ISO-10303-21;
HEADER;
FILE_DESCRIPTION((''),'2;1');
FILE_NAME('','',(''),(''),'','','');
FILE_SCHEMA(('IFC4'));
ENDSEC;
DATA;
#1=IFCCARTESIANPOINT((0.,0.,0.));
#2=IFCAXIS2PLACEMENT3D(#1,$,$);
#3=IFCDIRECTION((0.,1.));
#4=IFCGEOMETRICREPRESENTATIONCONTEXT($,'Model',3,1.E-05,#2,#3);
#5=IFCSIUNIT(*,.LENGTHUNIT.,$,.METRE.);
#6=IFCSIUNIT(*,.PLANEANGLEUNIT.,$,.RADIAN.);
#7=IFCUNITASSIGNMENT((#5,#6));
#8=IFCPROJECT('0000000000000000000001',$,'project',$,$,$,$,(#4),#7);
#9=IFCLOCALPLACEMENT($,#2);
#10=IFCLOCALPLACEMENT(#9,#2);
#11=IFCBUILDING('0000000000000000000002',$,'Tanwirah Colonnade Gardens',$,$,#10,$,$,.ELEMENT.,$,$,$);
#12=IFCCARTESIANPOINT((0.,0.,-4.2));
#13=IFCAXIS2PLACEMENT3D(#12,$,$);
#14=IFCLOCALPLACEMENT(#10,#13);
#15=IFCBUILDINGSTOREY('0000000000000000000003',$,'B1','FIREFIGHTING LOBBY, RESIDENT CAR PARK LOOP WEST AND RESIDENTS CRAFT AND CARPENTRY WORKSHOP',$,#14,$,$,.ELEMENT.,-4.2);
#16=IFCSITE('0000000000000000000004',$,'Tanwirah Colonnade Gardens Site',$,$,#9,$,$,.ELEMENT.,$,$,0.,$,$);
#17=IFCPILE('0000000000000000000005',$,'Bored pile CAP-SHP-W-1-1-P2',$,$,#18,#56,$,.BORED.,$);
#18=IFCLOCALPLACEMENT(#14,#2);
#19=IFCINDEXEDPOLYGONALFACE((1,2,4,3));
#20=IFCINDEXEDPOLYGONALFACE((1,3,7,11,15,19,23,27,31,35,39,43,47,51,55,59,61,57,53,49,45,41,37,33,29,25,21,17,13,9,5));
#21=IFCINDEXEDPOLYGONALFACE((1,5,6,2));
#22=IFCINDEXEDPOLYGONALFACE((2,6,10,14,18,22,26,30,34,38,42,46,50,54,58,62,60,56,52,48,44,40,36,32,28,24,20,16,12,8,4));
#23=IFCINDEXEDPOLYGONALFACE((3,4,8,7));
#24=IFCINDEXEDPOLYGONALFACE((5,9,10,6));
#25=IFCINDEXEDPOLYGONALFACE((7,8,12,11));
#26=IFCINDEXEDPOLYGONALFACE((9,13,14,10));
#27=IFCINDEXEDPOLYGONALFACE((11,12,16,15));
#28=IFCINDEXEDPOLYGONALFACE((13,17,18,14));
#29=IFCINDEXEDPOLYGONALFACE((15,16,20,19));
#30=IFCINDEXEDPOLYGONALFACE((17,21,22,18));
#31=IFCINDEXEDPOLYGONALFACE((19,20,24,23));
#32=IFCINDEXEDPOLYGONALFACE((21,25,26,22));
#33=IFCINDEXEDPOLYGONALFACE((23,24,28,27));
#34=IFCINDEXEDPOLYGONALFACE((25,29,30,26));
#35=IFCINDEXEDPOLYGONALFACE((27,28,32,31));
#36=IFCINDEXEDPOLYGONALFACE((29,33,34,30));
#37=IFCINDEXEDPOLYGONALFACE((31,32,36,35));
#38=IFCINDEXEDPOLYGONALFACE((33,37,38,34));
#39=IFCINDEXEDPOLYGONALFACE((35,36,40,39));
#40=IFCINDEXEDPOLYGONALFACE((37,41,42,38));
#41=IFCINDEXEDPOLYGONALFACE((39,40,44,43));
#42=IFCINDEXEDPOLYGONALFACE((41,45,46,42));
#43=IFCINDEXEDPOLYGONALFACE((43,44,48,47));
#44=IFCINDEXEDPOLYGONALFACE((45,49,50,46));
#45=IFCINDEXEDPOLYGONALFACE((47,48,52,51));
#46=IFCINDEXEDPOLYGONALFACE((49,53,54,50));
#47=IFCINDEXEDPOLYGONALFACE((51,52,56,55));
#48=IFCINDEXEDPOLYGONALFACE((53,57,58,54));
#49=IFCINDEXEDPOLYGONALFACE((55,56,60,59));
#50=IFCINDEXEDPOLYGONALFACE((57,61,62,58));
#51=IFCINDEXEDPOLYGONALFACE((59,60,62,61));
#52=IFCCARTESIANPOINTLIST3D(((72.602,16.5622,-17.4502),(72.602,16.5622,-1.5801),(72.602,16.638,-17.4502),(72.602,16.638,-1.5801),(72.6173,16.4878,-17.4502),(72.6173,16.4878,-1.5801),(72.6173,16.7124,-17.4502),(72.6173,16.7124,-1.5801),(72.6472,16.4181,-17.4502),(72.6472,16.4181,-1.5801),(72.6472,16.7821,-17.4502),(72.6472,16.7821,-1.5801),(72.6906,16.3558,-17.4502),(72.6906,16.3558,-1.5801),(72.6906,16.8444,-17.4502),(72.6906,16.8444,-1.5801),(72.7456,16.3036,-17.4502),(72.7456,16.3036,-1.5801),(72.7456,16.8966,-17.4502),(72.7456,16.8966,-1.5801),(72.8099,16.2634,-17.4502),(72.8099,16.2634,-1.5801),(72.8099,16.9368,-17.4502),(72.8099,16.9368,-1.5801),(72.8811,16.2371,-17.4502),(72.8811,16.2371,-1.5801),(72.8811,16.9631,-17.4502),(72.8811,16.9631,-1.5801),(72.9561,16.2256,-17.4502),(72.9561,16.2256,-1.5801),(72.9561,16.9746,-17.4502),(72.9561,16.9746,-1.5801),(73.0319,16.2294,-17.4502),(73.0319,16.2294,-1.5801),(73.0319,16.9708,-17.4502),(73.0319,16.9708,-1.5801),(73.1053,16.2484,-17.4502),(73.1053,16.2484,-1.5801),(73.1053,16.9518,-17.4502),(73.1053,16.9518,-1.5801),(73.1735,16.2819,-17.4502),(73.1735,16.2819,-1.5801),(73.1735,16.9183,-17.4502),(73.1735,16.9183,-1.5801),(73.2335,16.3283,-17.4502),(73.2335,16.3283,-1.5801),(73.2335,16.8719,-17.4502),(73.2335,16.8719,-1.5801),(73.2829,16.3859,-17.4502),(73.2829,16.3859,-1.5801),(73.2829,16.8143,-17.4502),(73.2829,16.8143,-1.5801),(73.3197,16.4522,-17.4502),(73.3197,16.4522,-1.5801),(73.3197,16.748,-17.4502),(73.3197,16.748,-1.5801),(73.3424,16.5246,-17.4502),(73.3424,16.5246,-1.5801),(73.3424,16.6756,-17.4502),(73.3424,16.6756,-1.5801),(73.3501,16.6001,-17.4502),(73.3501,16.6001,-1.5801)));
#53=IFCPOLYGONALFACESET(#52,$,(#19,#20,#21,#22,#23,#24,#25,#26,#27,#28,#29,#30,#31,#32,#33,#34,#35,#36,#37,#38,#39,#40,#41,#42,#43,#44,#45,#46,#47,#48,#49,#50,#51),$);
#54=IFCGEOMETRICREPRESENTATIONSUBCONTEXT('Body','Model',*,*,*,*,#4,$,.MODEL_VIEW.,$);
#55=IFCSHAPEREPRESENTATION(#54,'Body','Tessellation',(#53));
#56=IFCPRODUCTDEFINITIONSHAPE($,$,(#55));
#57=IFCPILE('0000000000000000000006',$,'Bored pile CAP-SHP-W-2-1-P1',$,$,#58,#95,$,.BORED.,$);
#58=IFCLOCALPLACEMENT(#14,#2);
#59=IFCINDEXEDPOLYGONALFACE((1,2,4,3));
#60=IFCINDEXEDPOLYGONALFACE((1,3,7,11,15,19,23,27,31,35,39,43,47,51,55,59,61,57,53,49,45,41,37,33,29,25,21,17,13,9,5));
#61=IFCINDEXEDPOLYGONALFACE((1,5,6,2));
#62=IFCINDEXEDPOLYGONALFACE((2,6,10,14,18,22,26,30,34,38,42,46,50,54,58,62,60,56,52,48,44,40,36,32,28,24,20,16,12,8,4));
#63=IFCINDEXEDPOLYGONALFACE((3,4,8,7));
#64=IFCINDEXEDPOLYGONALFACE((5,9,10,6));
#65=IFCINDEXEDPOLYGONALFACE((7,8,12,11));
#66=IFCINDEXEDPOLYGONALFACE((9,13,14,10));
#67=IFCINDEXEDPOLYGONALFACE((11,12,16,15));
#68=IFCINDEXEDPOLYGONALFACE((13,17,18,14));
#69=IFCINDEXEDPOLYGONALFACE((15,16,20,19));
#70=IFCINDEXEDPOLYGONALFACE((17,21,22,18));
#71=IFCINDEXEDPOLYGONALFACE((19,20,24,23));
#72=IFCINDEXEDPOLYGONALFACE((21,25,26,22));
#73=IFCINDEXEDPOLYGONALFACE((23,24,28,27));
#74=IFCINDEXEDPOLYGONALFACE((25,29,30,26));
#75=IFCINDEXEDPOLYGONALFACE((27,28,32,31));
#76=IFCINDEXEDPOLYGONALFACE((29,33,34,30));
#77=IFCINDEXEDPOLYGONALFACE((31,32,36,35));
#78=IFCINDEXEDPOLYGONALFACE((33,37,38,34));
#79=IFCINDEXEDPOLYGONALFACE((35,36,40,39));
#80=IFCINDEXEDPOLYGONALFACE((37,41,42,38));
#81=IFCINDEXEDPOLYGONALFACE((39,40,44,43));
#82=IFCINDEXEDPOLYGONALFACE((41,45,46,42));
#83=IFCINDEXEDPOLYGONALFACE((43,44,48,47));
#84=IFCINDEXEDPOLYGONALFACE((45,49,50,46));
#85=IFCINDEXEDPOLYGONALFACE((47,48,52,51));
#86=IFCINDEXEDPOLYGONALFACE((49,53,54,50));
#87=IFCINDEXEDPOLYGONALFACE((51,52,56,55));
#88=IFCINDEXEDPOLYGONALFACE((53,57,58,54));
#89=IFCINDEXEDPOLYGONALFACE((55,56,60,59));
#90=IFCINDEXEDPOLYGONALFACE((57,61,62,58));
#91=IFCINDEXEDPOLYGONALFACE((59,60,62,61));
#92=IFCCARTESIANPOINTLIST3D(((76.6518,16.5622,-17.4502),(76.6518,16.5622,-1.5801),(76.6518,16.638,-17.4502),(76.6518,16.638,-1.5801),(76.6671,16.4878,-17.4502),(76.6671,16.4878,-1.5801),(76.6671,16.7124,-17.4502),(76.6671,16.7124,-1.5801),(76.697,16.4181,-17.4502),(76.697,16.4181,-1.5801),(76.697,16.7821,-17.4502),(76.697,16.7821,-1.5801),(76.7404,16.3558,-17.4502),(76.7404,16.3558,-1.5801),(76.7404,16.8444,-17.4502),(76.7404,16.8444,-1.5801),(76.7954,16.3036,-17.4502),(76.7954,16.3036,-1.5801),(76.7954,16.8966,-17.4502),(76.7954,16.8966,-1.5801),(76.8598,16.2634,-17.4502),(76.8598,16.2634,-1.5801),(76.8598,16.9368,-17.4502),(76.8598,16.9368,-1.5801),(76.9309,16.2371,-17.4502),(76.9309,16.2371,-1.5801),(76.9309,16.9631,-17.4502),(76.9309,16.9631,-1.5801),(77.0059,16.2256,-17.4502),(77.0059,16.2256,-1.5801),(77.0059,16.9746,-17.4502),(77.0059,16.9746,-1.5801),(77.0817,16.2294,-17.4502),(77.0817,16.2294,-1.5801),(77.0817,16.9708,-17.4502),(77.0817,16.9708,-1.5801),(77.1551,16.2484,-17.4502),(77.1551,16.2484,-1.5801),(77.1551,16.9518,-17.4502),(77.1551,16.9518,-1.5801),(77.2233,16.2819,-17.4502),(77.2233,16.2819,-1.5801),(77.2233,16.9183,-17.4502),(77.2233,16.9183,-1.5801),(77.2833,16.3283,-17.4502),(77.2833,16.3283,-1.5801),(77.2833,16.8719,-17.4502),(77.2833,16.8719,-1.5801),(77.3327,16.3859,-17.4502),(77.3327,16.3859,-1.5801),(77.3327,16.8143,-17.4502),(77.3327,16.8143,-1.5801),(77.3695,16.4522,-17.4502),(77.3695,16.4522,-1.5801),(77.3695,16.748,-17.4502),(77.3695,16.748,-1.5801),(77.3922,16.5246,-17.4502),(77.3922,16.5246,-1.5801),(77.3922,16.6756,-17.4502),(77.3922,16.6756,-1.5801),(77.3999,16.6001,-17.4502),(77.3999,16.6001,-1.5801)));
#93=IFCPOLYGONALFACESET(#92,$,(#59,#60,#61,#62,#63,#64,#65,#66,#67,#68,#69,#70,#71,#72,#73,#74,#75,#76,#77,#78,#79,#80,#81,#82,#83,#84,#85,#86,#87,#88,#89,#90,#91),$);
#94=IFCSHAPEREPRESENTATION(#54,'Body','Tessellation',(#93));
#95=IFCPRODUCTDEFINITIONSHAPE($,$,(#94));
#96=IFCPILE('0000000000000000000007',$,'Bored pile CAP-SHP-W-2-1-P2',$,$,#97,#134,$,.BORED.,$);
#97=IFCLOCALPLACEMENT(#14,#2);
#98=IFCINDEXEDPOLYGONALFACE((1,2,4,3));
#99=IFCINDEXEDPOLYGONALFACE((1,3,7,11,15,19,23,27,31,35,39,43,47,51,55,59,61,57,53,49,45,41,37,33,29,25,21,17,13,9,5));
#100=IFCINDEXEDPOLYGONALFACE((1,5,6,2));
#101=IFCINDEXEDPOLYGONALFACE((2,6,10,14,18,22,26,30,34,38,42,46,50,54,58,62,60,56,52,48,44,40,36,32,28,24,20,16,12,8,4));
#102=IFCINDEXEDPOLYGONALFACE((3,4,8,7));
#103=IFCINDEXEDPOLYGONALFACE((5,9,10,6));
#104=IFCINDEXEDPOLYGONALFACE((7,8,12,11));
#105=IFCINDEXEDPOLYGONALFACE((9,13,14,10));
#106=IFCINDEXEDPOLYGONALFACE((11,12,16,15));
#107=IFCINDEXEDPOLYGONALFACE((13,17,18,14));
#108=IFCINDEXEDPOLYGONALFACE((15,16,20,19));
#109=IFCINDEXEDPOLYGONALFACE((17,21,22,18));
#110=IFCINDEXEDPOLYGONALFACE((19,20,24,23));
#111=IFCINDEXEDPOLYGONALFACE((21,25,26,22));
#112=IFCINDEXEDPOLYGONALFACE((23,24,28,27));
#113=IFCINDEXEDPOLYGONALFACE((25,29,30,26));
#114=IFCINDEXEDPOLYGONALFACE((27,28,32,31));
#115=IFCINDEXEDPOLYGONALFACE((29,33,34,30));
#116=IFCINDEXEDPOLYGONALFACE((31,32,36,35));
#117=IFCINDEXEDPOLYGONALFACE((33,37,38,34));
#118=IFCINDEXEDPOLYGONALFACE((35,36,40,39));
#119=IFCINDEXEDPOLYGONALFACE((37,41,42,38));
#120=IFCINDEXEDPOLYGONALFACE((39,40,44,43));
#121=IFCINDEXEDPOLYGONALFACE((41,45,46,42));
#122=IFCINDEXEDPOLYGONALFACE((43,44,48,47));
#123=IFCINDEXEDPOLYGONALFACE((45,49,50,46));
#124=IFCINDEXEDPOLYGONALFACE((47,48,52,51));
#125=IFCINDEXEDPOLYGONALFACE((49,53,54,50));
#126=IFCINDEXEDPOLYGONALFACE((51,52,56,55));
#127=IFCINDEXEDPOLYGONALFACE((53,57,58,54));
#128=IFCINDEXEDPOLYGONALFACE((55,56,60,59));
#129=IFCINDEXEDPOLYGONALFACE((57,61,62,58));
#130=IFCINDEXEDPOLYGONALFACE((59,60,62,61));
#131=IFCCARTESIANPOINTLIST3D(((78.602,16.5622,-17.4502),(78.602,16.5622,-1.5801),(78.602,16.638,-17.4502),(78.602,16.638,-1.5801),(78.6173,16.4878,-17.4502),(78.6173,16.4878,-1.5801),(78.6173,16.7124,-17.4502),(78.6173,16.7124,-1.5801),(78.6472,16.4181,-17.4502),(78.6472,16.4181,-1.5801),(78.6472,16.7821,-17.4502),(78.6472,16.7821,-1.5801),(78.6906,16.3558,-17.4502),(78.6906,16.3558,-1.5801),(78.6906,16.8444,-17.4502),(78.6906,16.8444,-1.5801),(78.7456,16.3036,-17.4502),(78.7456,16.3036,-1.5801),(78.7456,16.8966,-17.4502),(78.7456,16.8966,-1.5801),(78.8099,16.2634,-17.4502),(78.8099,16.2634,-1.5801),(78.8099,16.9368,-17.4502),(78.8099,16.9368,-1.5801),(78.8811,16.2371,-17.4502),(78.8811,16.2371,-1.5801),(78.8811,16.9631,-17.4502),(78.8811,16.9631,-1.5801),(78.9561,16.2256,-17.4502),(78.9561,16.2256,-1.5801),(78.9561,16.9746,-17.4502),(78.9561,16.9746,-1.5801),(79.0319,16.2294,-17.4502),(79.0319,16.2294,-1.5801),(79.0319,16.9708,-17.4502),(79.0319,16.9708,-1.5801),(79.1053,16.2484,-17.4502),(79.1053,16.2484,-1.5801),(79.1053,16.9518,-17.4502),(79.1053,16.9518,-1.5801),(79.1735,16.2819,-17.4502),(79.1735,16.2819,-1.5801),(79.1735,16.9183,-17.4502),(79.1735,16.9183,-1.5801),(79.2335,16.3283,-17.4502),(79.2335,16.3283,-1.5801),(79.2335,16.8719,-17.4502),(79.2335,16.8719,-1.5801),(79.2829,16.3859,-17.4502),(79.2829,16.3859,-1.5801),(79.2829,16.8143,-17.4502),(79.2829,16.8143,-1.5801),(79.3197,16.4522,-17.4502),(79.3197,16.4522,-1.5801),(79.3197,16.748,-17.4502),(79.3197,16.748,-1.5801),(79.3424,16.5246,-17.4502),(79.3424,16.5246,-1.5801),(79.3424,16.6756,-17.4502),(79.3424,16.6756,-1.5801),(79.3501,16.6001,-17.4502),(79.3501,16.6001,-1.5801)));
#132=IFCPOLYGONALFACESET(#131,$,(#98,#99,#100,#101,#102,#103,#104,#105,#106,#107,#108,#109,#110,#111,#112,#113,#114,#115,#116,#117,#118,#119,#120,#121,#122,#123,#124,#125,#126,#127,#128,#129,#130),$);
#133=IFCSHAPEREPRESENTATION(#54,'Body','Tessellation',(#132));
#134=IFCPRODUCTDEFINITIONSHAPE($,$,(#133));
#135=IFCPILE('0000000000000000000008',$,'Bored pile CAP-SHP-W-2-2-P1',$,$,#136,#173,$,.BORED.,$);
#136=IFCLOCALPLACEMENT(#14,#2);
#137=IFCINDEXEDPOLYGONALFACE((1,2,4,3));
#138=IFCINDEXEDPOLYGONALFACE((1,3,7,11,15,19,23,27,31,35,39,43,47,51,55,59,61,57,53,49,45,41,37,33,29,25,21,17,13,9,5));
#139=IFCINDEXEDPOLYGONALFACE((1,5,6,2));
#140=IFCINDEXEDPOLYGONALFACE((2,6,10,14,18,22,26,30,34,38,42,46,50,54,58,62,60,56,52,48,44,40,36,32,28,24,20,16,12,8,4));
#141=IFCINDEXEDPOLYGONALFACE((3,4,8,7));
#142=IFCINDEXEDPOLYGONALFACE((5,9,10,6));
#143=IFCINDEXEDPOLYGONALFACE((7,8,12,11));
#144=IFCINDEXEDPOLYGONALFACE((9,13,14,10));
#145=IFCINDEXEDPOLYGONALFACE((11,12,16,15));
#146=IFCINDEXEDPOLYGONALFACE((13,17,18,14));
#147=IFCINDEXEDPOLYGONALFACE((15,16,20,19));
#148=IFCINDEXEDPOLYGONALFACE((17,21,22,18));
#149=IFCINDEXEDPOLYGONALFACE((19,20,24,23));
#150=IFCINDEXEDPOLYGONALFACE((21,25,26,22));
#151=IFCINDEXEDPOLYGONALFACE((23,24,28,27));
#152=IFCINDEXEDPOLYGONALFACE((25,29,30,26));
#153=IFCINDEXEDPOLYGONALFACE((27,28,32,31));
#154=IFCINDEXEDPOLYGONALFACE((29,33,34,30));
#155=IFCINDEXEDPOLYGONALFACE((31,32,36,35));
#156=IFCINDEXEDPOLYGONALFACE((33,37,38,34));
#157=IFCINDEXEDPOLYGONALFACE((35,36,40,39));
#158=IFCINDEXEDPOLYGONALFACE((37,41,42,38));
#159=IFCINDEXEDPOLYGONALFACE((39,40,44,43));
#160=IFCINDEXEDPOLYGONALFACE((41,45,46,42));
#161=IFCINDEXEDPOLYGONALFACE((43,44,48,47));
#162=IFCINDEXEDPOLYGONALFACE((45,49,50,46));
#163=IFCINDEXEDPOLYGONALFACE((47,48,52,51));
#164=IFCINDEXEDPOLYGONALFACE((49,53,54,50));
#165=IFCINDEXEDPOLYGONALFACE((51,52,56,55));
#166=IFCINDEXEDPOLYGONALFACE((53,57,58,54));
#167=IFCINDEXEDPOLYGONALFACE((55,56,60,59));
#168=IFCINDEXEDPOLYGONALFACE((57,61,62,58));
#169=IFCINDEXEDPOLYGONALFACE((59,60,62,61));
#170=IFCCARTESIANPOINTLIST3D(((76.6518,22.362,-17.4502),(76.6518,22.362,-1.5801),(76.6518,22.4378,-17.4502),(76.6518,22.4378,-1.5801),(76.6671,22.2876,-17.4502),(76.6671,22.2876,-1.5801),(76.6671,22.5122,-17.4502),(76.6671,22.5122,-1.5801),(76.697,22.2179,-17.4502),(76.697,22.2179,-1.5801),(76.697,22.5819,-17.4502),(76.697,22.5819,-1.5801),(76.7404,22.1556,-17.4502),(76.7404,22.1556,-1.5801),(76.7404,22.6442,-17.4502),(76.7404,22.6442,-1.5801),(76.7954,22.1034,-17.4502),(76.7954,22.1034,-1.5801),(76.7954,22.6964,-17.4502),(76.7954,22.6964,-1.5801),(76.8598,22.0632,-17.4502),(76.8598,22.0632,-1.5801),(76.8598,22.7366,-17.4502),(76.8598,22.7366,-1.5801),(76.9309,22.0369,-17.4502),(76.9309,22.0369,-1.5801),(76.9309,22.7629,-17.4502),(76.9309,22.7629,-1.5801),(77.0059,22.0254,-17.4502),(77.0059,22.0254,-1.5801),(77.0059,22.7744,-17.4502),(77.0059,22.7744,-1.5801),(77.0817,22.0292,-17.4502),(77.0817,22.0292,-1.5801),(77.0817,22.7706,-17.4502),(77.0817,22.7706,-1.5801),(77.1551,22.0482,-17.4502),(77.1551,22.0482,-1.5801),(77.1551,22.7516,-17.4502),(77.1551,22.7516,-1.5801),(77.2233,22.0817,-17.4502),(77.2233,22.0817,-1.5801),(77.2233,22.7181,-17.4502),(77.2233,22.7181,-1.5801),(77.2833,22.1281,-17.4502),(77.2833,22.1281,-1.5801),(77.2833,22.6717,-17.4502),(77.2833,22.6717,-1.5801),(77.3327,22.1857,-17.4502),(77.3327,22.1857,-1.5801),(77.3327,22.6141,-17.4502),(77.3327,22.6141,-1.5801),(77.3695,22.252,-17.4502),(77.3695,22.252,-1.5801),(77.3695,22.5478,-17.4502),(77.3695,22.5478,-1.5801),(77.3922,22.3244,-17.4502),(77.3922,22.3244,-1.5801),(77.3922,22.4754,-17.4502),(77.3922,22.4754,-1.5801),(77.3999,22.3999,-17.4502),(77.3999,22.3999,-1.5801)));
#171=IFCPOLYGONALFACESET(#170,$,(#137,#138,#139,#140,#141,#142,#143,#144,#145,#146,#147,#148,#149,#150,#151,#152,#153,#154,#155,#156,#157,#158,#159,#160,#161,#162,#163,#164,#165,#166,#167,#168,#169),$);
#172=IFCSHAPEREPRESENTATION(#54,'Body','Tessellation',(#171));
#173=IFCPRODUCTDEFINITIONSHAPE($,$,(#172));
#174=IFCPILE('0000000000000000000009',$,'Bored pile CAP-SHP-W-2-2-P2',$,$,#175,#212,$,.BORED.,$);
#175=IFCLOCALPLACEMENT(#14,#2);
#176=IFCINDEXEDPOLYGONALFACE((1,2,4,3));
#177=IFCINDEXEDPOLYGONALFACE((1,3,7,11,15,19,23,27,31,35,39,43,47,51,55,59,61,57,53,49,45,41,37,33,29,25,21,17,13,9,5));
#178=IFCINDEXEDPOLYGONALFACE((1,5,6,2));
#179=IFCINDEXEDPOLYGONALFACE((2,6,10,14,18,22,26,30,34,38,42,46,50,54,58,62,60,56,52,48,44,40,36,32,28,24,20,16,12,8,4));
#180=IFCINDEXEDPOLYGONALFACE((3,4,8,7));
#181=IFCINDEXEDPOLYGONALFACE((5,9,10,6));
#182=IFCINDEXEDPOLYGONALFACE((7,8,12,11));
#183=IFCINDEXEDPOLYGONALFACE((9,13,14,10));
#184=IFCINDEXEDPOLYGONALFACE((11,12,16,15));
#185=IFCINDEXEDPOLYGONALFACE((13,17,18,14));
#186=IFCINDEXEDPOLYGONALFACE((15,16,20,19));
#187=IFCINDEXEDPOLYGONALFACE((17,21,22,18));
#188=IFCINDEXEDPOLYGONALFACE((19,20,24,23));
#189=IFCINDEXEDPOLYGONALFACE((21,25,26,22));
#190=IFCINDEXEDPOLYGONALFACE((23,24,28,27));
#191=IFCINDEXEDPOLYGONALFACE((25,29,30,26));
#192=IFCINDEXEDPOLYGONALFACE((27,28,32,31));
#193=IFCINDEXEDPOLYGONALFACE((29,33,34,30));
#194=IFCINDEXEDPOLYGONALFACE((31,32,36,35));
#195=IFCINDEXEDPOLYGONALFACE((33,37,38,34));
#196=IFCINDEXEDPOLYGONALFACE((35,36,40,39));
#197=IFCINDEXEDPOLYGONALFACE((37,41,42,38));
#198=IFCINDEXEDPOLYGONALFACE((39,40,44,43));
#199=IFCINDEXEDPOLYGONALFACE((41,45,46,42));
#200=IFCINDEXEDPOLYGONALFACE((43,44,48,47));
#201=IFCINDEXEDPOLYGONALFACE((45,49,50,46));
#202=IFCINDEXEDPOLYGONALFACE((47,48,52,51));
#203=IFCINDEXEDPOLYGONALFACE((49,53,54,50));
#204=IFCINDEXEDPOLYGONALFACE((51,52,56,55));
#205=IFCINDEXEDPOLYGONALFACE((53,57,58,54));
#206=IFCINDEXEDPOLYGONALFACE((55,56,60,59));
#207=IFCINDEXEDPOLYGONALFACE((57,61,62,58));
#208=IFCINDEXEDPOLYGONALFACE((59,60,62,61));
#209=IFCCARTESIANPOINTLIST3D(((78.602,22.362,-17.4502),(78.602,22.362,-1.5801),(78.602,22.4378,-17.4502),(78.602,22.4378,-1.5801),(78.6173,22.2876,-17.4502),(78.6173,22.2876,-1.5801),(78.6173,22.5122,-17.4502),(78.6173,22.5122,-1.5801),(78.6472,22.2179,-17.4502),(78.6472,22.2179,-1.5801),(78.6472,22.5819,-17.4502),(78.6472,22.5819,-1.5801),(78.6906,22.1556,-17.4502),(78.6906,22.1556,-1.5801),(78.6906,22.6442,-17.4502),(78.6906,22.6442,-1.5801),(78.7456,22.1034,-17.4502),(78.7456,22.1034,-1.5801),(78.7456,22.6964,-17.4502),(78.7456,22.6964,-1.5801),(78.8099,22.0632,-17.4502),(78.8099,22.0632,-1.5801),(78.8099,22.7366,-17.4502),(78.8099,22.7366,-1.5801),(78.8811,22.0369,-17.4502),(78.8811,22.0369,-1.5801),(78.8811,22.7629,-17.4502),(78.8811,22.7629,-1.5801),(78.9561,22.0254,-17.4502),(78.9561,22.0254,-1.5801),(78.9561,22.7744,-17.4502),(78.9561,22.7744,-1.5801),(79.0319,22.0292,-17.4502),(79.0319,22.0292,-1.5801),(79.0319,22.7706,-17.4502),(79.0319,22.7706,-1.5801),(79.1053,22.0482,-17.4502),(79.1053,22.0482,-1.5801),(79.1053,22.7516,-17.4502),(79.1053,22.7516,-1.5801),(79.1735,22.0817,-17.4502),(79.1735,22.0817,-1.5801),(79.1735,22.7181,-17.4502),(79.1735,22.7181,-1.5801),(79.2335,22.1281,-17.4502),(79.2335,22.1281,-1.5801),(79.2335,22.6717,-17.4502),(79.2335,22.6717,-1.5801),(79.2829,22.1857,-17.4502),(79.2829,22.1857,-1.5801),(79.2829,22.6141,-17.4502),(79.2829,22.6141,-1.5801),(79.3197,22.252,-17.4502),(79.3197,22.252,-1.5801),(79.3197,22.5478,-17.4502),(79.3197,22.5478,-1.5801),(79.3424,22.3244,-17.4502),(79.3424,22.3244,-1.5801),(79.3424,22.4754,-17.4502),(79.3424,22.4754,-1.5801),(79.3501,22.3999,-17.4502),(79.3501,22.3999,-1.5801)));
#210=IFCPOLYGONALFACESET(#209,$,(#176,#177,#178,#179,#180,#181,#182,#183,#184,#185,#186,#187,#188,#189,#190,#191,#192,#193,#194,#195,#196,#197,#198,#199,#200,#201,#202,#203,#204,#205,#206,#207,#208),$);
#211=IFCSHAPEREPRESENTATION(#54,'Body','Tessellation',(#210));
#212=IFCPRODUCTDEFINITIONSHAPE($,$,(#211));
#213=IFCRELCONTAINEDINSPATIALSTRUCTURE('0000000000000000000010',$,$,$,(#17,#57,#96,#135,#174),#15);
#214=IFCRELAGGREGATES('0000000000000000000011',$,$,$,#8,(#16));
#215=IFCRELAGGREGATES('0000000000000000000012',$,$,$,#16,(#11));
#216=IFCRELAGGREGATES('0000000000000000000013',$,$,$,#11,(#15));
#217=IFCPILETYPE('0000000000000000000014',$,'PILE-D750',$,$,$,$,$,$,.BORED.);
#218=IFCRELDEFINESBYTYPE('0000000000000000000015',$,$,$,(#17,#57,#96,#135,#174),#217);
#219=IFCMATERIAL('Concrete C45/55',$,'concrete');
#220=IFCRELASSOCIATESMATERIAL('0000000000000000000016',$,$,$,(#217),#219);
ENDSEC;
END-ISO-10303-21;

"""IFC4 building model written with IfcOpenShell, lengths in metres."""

from ifc_helpers import new_model, si_unit, direction, frame, origin, origin_2d, place, context, subcontext, project, spatial, circle, extrude, material, material_profile, profile_set, type_object, element, save


model = new_model("IFC4")

# Units and contexts
model_context = context("Model", 3, precision=1e-05, world=origin(), true_north=direction((0.0, 1.0)))
body_context = subcontext(model_context, "Body", "Model", "MODEL_VIEW")
ifc_project = project(units=[si_unit("LENGTHUNIT", "METRE"), si_unit("PLANEANGLEUNIT", "RADIAN")], contexts=[model_context])

# Site, building, storey
site_placement = place(None, origin())
site = spatial("IfcSite", under=ifc_project, at=site_placement, Name="Tanwirah Colonnade Gardens Site", CompositionType="ELEMENT", RefElevation=0.0)
building_placement = place(site_placement, origin())
building = spatial("IfcBuilding", under=site, at=building_placement, Name="Tanwirah Colonnade Gardens", CompositionType="ELEMENT")
storey_placement = place(building_placement, frame((0.0, 0.0, -4.2)))
storey = spatial("IfcBuildingStorey", under=building, at=storey_placement, Name="B1", Description="FIREFIGHTING LOBBY, RESIDENT CAR PARK LOOP WEST AND RESIDENTS CRAFT AND CARPENTRY WORKSHOP", CompositionType="ELEMENT", Elevation=-4.2)

# Shared definitions
ifc_material_1 = material(Name="Concrete C45/55", Category="concrete")

# Piles
ifc_material_profile_1 = material_profile(ifc_material_1, circle(Radius=0.375, at=origin_2d()), Name="PILE D750")
ifc_profile_set_1 = profile_set([ifc_material_profile_1], Name="Concrete C45/55")
pile_type = type_object("IfcPileType", Name="PILE-D750", PredefinedType="BORED", material=ifc_profile_set_1)
for number, where, z_axis, x_axis, name in (
    (1, (72.9751, 16.6001, -1.5801), (0.0, 0.0, -1.0), (1.0, 0.0, 0.0), "Bored pile CAP-SHP-W-1-1-P2"),
    (2, (77.0249, 16.6001, -1.5801), (0.0, 0.0, -1.0), (1.0, 0.0, 0.0), "Bored pile CAP-SHP-W-2-1-P1"),
    (3, (78.9751, 16.6001, -1.5801), (0.0, 0.0, -1.0), (1.0, 0.0, 0.0), "Bored pile CAP-SHP-W-2-1-P2"),
    (4, (77.0249, 22.3999, -1.5801), (0.0, 0.0, -1.0), (1.0, 0.0, 0.0), "Bored pile CAP-SHP-W-2-2-P1"),
    (5, (78.9751, 22.3999, -1.5801), (0.0, 0.0, -1.0), (1.0, 0.0, 0.0), "Bored pile CAP-SHP-W-2-2-P2"),
):
    element("IfcPile", number, at=place(storey_placement, frame(where, z_axis=z_axis, x_axis=x_axis)), inside=storey, type_object=pile_type, Name=name, PredefinedType="BORED", context=body_context, shape_type="SweptSolid", body=[
        extrude(circle(Radius=0.375, at=origin_2d()), origin(), (0.0, 0.0, 1.0), 15.8701),
    ])

save(model, "model.ifc")
